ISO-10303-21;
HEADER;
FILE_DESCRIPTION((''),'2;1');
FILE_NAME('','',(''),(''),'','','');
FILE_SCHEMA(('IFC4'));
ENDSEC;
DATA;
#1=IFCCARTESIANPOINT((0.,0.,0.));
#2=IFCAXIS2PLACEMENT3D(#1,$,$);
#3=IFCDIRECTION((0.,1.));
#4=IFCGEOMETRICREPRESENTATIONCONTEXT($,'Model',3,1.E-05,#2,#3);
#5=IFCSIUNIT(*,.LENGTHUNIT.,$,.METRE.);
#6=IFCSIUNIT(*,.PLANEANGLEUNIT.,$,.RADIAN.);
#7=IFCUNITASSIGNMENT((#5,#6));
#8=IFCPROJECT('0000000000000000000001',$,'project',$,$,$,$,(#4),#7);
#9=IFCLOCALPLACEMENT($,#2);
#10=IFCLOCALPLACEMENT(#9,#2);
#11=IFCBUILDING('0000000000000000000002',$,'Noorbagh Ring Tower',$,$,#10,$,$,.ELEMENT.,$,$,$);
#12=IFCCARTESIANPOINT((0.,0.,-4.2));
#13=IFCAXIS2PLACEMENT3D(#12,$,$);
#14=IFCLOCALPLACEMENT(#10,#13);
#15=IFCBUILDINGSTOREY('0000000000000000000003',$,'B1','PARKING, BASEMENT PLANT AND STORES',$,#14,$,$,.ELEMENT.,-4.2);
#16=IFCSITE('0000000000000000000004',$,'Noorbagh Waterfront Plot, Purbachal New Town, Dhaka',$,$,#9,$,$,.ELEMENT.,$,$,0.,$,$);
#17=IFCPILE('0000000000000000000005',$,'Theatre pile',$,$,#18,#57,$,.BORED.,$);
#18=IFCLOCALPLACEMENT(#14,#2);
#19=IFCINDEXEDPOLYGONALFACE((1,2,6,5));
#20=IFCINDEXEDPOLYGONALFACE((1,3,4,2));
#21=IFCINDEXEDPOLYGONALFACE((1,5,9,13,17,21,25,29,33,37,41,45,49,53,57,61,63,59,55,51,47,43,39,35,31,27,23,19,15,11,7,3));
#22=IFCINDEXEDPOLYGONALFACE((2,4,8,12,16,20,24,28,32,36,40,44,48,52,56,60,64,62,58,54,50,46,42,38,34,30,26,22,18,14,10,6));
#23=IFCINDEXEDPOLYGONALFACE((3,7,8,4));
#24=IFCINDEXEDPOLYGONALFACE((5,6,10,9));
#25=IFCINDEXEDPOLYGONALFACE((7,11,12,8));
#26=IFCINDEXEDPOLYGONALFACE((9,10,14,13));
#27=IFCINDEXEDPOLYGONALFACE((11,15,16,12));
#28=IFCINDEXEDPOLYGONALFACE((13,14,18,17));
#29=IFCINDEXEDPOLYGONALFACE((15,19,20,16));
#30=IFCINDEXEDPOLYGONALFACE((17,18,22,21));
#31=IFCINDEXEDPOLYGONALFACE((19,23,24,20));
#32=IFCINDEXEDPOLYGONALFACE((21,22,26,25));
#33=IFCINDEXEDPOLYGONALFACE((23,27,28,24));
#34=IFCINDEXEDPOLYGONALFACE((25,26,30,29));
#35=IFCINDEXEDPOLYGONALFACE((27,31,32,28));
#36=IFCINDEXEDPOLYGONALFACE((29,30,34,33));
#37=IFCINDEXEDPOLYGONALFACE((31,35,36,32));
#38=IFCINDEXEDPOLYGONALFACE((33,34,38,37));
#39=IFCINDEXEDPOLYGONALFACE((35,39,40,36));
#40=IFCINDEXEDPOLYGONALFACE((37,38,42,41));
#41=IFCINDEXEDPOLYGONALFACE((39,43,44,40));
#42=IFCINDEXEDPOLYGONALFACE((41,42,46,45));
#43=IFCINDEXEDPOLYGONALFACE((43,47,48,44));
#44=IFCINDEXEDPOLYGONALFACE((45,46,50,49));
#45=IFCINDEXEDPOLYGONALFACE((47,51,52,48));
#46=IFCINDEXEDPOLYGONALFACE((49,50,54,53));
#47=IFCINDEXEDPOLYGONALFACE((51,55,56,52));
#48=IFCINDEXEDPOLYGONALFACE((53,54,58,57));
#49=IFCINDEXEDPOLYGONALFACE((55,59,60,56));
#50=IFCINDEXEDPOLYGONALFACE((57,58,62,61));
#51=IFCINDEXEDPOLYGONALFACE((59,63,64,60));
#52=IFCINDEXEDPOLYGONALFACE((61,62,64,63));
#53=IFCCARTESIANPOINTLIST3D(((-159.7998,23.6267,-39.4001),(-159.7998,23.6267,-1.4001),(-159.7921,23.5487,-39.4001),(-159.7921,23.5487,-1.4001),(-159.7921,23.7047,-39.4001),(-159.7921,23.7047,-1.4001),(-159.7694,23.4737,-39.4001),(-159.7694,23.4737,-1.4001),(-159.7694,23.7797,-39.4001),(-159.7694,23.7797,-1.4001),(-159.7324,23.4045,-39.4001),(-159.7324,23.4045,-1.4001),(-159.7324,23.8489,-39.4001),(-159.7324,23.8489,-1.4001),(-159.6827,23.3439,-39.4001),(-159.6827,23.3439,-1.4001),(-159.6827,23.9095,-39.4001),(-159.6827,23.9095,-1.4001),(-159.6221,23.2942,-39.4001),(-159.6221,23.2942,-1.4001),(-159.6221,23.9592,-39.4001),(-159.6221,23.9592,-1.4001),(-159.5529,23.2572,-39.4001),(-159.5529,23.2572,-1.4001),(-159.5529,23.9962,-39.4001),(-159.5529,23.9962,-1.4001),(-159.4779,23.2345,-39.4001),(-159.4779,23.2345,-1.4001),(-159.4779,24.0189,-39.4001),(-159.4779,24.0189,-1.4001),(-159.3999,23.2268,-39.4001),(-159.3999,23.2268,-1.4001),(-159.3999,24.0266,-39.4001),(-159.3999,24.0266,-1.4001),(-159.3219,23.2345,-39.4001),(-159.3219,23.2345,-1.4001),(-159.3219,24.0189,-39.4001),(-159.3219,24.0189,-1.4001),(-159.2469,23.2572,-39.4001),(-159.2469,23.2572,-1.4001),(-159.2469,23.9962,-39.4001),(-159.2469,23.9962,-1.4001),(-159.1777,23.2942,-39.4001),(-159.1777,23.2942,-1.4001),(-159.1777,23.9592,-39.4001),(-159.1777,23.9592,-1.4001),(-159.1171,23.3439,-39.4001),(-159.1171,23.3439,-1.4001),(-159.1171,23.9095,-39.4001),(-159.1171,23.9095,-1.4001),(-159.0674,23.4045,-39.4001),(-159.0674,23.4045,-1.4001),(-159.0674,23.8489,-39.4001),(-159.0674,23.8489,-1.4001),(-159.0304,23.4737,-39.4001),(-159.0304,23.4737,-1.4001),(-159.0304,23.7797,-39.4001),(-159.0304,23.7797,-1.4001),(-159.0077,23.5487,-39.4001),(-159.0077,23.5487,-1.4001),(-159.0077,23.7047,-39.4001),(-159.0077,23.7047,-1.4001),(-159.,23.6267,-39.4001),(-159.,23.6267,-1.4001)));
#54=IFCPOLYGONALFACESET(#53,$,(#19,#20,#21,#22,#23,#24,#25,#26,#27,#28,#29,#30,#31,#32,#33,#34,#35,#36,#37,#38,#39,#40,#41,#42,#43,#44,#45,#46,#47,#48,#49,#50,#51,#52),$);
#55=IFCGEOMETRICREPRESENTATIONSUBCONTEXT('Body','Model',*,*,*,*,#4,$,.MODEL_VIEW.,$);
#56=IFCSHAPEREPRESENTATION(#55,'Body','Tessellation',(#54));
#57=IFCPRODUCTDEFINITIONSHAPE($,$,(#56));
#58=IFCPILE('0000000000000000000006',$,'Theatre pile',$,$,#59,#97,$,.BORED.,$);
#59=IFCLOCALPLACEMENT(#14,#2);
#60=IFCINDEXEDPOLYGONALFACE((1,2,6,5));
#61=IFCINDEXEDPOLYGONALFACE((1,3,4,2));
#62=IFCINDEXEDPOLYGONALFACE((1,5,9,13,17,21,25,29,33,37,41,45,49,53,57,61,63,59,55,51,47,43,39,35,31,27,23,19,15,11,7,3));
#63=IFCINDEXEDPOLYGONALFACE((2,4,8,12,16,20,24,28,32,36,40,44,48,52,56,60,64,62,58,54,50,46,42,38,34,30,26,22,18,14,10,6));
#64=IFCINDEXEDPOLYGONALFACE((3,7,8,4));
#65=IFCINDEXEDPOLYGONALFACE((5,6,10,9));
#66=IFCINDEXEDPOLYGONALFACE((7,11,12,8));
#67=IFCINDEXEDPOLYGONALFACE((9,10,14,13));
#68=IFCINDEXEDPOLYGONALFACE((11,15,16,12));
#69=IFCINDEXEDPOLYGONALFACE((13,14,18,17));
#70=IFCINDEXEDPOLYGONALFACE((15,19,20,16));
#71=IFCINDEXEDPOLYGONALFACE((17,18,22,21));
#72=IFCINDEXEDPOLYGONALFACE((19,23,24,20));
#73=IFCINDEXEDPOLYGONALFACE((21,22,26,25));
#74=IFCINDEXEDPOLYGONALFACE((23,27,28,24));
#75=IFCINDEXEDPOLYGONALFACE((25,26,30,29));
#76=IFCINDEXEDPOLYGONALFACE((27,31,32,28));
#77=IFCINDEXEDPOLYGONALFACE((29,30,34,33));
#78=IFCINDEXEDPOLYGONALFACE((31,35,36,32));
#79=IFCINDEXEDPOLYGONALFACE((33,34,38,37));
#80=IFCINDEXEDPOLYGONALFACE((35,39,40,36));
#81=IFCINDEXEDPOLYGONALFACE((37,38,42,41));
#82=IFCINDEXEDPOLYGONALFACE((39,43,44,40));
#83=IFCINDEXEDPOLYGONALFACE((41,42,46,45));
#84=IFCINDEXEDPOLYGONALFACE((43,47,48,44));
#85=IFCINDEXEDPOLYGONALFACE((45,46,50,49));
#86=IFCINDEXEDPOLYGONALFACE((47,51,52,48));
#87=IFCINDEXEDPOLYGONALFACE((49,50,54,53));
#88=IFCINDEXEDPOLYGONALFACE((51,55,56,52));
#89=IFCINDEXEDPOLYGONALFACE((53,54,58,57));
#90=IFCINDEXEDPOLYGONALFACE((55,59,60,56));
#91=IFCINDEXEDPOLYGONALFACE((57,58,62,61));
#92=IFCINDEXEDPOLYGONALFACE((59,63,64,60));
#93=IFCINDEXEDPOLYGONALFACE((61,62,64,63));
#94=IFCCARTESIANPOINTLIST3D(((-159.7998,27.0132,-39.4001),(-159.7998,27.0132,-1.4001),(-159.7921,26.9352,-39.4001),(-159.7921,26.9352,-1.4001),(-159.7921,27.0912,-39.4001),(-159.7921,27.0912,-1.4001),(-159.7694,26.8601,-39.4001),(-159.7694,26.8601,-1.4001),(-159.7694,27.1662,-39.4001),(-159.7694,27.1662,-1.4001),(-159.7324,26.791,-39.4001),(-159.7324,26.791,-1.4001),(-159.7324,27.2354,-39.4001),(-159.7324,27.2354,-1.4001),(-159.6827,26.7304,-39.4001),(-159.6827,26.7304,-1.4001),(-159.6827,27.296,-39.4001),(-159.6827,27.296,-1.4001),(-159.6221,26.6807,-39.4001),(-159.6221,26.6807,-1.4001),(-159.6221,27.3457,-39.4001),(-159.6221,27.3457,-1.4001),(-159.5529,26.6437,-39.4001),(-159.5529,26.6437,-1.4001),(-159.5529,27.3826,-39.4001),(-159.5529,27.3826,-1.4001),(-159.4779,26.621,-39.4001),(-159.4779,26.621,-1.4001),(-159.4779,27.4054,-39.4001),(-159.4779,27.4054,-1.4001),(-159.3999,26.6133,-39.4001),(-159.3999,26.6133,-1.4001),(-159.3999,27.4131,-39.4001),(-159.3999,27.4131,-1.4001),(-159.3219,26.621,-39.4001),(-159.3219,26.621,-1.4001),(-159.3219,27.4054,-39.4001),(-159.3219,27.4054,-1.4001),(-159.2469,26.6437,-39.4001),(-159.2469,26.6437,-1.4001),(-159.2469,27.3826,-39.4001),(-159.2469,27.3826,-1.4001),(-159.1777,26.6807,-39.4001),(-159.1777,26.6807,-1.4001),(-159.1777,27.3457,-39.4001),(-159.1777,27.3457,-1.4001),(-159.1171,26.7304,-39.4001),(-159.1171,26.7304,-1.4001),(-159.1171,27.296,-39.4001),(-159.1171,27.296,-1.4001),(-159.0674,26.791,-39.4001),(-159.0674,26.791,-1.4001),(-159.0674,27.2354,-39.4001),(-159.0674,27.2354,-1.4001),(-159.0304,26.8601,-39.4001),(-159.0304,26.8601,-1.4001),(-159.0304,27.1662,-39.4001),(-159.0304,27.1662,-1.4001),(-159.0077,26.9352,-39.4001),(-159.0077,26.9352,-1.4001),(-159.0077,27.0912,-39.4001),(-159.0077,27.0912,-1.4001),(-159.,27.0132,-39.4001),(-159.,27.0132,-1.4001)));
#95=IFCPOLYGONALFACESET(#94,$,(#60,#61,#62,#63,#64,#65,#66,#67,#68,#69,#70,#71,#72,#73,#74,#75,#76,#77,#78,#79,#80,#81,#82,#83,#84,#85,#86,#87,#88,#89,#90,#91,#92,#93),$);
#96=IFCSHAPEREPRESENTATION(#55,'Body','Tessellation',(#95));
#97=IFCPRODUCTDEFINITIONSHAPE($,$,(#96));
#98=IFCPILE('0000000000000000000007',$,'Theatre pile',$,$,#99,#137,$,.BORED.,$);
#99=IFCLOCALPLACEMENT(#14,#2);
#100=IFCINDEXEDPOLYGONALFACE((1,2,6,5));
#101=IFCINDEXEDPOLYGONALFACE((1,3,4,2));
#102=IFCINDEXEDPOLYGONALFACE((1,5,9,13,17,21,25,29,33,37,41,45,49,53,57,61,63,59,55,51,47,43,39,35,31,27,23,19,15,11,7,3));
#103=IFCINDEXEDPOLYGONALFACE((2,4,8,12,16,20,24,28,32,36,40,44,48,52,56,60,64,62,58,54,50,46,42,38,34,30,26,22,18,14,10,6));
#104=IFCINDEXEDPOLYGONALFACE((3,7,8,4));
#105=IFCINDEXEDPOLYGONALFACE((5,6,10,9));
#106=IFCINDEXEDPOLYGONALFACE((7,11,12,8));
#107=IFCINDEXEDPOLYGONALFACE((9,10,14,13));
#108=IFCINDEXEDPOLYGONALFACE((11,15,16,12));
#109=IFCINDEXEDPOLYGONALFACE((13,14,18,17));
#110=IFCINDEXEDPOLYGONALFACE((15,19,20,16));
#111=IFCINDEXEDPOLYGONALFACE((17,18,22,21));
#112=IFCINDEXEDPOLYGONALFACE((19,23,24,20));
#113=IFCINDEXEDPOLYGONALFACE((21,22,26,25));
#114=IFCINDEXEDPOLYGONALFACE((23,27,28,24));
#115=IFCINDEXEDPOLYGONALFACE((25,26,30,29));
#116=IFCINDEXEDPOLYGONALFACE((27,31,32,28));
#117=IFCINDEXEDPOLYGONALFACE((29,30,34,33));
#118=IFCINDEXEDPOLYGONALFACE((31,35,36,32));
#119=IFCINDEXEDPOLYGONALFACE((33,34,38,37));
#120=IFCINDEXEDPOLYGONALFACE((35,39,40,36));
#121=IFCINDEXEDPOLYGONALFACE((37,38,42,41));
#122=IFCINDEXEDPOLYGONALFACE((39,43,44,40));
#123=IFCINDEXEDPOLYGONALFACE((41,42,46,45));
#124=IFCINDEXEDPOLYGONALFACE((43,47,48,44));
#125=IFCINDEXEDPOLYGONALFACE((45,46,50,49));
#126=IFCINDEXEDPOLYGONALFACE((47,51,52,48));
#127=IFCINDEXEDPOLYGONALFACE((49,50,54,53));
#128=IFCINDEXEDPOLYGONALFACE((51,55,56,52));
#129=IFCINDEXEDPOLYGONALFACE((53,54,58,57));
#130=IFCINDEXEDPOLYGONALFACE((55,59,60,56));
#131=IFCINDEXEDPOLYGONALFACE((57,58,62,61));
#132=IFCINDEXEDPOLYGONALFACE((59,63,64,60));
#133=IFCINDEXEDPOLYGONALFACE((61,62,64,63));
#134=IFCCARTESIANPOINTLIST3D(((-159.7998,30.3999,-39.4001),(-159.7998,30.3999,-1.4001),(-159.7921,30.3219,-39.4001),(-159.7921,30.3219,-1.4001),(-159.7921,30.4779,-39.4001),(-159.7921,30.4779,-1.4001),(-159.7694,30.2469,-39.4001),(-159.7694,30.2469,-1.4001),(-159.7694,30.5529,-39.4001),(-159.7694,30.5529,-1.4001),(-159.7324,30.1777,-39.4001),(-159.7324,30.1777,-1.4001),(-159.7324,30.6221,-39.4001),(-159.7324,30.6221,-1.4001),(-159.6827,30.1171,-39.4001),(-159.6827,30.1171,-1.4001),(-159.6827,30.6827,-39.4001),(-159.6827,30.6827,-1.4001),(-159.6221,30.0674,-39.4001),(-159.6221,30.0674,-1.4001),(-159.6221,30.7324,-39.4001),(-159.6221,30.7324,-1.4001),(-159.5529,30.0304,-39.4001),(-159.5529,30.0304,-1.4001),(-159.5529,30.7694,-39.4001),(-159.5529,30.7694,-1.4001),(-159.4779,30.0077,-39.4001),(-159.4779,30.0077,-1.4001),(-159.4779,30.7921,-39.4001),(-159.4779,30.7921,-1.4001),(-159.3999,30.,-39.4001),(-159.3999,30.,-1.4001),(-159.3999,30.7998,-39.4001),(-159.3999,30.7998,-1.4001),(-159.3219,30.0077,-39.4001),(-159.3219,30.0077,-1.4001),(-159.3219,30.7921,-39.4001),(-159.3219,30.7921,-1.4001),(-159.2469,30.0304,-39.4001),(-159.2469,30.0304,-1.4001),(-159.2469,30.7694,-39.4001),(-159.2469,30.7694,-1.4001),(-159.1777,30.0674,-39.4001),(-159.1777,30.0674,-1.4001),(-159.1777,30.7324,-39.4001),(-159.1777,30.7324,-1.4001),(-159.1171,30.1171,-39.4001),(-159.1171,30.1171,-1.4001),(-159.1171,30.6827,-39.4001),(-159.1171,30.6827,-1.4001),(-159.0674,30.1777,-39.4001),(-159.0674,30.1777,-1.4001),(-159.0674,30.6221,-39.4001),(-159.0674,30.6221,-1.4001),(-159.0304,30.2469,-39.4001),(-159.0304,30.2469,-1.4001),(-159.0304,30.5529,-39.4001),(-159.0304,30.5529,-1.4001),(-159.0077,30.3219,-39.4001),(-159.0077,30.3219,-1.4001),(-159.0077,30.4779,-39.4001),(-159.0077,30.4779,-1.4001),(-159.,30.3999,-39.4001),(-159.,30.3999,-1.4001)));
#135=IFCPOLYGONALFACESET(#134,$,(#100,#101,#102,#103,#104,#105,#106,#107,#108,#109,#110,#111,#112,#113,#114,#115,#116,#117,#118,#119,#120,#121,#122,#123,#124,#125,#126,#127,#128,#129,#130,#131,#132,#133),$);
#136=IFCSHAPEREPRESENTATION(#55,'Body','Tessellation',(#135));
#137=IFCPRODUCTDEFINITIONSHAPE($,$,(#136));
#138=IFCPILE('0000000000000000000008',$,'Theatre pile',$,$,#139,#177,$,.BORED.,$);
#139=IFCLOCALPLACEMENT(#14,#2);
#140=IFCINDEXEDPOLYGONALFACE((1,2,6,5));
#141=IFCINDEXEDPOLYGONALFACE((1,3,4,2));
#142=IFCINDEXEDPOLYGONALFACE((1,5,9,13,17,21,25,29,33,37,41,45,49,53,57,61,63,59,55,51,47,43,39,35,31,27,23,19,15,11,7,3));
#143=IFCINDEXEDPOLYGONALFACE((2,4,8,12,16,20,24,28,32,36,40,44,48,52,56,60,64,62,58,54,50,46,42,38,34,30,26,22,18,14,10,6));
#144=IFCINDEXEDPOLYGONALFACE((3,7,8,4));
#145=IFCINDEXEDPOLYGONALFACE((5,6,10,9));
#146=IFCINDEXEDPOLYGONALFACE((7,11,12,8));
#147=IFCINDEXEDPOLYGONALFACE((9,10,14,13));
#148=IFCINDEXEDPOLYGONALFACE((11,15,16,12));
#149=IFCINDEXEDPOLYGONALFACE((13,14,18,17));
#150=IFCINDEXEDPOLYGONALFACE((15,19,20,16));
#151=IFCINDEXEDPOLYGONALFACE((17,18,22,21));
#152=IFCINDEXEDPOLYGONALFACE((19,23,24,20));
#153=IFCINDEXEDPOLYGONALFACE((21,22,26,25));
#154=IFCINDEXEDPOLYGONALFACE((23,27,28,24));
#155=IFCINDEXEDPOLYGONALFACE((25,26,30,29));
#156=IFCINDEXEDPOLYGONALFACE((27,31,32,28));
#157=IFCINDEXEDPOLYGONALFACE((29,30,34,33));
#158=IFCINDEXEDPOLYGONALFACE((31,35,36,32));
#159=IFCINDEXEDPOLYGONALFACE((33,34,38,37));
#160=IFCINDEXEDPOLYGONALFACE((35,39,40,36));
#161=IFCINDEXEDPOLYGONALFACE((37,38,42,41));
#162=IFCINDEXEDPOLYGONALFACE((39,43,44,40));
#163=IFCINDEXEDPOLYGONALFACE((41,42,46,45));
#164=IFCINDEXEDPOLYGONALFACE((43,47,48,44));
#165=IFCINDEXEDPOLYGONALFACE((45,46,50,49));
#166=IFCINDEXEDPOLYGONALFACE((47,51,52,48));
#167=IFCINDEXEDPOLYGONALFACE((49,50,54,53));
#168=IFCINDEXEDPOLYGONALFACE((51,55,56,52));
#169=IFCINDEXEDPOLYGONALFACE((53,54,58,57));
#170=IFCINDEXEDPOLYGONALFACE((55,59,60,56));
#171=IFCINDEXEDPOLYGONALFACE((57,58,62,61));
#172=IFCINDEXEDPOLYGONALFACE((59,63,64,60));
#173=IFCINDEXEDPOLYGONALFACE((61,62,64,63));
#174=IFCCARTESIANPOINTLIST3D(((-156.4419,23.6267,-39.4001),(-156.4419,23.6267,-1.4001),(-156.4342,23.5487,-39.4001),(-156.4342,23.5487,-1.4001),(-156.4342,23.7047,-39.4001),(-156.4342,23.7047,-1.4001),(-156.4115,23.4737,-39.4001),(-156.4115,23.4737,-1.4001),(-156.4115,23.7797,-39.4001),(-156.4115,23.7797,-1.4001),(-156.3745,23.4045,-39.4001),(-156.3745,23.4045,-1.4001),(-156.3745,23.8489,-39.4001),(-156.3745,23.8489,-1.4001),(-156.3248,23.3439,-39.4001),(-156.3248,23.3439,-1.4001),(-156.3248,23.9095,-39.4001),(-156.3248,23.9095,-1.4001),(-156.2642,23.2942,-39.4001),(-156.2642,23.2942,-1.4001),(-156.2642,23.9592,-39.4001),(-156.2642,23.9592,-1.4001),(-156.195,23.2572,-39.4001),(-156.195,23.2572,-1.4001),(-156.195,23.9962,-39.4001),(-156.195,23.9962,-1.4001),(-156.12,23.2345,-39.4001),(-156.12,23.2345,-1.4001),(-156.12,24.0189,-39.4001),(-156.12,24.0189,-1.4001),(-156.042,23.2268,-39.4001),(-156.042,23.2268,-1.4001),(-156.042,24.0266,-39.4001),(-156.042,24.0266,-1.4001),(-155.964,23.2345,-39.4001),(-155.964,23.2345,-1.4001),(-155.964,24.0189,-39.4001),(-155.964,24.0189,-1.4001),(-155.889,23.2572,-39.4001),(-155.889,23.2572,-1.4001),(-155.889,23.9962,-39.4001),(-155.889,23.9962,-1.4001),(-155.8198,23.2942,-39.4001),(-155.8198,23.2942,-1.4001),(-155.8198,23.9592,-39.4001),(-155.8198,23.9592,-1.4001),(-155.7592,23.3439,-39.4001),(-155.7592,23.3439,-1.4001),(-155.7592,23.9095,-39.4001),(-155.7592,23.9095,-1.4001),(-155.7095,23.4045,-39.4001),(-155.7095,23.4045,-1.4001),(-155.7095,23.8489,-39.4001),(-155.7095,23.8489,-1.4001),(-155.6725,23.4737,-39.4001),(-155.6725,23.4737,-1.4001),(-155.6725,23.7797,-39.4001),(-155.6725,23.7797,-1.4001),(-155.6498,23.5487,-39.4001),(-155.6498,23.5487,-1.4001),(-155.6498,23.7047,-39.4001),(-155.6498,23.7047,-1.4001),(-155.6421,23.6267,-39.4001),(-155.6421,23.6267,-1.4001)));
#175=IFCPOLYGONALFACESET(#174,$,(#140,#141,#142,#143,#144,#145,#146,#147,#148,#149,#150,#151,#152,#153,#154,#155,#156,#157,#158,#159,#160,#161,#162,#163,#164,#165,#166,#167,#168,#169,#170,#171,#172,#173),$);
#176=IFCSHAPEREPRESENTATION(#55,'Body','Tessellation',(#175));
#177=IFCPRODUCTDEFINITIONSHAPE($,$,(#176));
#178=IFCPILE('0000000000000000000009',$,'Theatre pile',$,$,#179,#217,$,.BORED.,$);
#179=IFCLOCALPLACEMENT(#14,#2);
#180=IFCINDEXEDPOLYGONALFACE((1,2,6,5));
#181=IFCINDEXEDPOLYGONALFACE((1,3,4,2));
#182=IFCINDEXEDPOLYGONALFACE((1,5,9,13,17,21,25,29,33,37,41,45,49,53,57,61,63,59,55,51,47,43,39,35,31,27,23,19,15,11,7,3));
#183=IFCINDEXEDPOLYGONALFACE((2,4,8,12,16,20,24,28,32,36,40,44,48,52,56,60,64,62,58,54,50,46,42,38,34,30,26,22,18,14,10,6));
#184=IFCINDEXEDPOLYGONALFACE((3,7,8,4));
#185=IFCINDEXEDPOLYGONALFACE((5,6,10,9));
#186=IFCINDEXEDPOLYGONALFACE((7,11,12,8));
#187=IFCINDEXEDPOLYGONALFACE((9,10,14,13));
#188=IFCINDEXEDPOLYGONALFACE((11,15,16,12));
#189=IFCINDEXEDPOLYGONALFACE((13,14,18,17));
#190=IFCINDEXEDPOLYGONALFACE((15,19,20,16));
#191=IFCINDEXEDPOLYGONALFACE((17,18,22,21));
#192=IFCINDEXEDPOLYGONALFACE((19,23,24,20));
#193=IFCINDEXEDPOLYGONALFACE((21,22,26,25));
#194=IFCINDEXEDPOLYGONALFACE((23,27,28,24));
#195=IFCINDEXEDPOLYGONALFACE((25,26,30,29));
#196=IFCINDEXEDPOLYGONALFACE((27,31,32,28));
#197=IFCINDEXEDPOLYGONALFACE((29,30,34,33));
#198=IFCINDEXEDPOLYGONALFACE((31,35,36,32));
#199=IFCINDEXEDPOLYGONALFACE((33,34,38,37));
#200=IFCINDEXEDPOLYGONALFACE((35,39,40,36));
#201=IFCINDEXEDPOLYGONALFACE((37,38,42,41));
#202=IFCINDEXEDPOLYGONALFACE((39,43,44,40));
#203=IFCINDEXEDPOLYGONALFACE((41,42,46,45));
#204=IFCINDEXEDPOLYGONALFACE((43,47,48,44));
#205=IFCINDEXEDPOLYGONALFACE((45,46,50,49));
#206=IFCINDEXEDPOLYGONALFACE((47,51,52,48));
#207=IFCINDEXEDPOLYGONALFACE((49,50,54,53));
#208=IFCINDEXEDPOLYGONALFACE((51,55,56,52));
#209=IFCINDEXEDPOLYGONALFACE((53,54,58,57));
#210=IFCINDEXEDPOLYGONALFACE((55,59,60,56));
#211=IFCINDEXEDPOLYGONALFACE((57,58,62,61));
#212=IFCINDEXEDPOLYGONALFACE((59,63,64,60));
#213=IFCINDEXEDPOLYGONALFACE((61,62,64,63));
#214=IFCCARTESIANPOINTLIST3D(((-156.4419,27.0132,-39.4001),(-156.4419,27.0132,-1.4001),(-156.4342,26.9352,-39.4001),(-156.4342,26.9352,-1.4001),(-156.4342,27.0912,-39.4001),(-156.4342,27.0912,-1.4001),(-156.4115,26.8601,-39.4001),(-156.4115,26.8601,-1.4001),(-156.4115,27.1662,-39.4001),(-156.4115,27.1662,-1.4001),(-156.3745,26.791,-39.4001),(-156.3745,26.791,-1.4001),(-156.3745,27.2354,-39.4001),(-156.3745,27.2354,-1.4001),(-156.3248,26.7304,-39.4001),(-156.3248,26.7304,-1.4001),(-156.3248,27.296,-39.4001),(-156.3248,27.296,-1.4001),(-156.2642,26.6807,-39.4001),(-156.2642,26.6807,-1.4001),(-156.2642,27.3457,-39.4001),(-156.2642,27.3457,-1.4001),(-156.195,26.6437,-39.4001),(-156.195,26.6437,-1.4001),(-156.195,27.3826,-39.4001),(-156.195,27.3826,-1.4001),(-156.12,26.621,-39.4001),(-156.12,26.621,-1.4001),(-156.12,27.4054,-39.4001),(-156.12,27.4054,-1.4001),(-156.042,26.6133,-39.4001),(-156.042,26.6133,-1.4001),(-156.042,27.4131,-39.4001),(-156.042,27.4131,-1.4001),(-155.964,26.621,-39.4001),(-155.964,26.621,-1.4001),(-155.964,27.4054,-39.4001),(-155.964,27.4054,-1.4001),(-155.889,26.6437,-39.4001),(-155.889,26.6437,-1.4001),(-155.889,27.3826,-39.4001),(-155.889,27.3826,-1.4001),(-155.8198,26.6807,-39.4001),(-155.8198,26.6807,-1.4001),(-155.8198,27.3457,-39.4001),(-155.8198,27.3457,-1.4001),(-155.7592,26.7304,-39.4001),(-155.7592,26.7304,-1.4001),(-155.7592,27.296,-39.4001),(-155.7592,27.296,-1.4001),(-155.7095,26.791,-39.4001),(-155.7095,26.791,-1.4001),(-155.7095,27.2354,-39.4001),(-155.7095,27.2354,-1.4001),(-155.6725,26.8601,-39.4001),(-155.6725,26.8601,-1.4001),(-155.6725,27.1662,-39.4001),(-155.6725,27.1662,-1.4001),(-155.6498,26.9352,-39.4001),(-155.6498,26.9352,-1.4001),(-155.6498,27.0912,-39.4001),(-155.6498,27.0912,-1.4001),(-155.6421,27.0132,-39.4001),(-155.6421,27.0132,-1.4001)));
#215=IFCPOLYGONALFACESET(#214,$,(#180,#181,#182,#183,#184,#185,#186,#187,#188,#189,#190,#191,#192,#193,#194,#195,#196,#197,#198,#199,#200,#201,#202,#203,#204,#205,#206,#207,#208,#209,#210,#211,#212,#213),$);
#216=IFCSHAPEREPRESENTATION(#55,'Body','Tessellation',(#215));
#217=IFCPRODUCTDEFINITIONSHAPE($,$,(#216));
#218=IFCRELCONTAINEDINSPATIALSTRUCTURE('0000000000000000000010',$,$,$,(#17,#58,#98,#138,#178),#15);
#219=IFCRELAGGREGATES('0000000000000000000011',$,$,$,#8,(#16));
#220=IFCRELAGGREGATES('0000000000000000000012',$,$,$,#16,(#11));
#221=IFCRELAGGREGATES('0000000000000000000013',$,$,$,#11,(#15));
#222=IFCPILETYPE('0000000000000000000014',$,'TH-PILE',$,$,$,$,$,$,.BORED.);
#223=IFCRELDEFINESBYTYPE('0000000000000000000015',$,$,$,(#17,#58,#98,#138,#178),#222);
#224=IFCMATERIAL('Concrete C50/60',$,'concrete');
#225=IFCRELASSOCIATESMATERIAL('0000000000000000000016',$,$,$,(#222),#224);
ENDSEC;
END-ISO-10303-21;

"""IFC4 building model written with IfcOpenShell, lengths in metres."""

from ifc_helpers import new_model, si_unit, direction, frame, origin, origin_2d, place, context, subcontext, project, spatial, circle, extrude, material, material_profile, profile_set, type_object, element, save


model = new_model("IFC4")

# Units and contexts
model_context = context("Model", 3, precision=1e-05, world=origin(), true_north=direction((0.0, 1.0)))
body_context = subcontext(model_context, "Body", "Model", "MODEL_VIEW")
ifc_project = project(units=[si_unit("LENGTHUNIT", "METRE"), si_unit("PLANEANGLEUNIT", "RADIAN")], contexts=[model_context])

# Site, building, storey
site_placement = place(None, origin())
site = spatial("IfcSite", under=ifc_project, at=site_placement, Name="Noorbagh Waterfront Plot, Purbachal New Town, Dhaka", CompositionType="ELEMENT", RefElevation=0.0)
building_placement = place(site_placement, origin())
building = spatial("IfcBuilding", under=site, at=building_placement, Name="Noorbagh Ring Tower", CompositionType="ELEMENT")
storey_placement = place(building_placement, frame((0.0, 0.0, -4.2)))
storey = spatial("IfcBuildingStorey", under=building, at=storey_placement, Name="B1", Description="PARKING, BASEMENT PLANT AND STORES", CompositionType="ELEMENT", Elevation=-4.2)

# Piles
ifc_material_1 = material(Name="Concrete C50/60", Category="concrete")
ifc_material_profile_1 = material_profile(ifc_material_1, circle(Radius=0.3999, at=origin_2d()), Name="PILE800")
ifc_profile_set_1 = profile_set([ifc_material_profile_1], Name="Concrete C50/60")
pile_type = type_object("IfcPileType", Name="TH-PILE", PredefinedType="BORED", material=ifc_profile_set_1)
for number, where, z_axis, x_axis, name in (
    (1, (-159.3999, 23.6267, -1.4001), (0.0, 0.0, -1.0), (1.0, 0.0, 0.0), "Theatre pile"),
    (2, (-159.3999, 27.0132, -1.4001), (0.0, 0.0, -1.0), (1.0, 0.0, 0.0), "Theatre pile"),
    (3, (-159.3999, 30.3999, -1.4001), (0.0, 0.0, -1.0), (1.0, 0.0, 0.0), "Theatre pile"),
    (4, (-156.042, 23.6267, -1.4001), (0.0, 0.0, -1.0), (1.0, 0.0, 0.0), "Theatre pile"),
    (5, (-156.042, 27.0132, -1.4001), (0.0, 0.0, -1.0), (1.0, 0.0, 0.0), "Theatre pile"),
):
    element("IfcPile", number, at=place(storey_placement, frame(where, z_axis=z_axis, x_axis=x_axis)), inside=storey, type_object=pile_type, Name=name, PredefinedType="BORED", context=body_context, shape_type="SweptSolid", body=[
        extrude(circle(Radius=0.3999, at=origin_2d()), origin(), (0.0, 0.0, 1.0), 38.0),
    ])

save(model, "model.ifc")
